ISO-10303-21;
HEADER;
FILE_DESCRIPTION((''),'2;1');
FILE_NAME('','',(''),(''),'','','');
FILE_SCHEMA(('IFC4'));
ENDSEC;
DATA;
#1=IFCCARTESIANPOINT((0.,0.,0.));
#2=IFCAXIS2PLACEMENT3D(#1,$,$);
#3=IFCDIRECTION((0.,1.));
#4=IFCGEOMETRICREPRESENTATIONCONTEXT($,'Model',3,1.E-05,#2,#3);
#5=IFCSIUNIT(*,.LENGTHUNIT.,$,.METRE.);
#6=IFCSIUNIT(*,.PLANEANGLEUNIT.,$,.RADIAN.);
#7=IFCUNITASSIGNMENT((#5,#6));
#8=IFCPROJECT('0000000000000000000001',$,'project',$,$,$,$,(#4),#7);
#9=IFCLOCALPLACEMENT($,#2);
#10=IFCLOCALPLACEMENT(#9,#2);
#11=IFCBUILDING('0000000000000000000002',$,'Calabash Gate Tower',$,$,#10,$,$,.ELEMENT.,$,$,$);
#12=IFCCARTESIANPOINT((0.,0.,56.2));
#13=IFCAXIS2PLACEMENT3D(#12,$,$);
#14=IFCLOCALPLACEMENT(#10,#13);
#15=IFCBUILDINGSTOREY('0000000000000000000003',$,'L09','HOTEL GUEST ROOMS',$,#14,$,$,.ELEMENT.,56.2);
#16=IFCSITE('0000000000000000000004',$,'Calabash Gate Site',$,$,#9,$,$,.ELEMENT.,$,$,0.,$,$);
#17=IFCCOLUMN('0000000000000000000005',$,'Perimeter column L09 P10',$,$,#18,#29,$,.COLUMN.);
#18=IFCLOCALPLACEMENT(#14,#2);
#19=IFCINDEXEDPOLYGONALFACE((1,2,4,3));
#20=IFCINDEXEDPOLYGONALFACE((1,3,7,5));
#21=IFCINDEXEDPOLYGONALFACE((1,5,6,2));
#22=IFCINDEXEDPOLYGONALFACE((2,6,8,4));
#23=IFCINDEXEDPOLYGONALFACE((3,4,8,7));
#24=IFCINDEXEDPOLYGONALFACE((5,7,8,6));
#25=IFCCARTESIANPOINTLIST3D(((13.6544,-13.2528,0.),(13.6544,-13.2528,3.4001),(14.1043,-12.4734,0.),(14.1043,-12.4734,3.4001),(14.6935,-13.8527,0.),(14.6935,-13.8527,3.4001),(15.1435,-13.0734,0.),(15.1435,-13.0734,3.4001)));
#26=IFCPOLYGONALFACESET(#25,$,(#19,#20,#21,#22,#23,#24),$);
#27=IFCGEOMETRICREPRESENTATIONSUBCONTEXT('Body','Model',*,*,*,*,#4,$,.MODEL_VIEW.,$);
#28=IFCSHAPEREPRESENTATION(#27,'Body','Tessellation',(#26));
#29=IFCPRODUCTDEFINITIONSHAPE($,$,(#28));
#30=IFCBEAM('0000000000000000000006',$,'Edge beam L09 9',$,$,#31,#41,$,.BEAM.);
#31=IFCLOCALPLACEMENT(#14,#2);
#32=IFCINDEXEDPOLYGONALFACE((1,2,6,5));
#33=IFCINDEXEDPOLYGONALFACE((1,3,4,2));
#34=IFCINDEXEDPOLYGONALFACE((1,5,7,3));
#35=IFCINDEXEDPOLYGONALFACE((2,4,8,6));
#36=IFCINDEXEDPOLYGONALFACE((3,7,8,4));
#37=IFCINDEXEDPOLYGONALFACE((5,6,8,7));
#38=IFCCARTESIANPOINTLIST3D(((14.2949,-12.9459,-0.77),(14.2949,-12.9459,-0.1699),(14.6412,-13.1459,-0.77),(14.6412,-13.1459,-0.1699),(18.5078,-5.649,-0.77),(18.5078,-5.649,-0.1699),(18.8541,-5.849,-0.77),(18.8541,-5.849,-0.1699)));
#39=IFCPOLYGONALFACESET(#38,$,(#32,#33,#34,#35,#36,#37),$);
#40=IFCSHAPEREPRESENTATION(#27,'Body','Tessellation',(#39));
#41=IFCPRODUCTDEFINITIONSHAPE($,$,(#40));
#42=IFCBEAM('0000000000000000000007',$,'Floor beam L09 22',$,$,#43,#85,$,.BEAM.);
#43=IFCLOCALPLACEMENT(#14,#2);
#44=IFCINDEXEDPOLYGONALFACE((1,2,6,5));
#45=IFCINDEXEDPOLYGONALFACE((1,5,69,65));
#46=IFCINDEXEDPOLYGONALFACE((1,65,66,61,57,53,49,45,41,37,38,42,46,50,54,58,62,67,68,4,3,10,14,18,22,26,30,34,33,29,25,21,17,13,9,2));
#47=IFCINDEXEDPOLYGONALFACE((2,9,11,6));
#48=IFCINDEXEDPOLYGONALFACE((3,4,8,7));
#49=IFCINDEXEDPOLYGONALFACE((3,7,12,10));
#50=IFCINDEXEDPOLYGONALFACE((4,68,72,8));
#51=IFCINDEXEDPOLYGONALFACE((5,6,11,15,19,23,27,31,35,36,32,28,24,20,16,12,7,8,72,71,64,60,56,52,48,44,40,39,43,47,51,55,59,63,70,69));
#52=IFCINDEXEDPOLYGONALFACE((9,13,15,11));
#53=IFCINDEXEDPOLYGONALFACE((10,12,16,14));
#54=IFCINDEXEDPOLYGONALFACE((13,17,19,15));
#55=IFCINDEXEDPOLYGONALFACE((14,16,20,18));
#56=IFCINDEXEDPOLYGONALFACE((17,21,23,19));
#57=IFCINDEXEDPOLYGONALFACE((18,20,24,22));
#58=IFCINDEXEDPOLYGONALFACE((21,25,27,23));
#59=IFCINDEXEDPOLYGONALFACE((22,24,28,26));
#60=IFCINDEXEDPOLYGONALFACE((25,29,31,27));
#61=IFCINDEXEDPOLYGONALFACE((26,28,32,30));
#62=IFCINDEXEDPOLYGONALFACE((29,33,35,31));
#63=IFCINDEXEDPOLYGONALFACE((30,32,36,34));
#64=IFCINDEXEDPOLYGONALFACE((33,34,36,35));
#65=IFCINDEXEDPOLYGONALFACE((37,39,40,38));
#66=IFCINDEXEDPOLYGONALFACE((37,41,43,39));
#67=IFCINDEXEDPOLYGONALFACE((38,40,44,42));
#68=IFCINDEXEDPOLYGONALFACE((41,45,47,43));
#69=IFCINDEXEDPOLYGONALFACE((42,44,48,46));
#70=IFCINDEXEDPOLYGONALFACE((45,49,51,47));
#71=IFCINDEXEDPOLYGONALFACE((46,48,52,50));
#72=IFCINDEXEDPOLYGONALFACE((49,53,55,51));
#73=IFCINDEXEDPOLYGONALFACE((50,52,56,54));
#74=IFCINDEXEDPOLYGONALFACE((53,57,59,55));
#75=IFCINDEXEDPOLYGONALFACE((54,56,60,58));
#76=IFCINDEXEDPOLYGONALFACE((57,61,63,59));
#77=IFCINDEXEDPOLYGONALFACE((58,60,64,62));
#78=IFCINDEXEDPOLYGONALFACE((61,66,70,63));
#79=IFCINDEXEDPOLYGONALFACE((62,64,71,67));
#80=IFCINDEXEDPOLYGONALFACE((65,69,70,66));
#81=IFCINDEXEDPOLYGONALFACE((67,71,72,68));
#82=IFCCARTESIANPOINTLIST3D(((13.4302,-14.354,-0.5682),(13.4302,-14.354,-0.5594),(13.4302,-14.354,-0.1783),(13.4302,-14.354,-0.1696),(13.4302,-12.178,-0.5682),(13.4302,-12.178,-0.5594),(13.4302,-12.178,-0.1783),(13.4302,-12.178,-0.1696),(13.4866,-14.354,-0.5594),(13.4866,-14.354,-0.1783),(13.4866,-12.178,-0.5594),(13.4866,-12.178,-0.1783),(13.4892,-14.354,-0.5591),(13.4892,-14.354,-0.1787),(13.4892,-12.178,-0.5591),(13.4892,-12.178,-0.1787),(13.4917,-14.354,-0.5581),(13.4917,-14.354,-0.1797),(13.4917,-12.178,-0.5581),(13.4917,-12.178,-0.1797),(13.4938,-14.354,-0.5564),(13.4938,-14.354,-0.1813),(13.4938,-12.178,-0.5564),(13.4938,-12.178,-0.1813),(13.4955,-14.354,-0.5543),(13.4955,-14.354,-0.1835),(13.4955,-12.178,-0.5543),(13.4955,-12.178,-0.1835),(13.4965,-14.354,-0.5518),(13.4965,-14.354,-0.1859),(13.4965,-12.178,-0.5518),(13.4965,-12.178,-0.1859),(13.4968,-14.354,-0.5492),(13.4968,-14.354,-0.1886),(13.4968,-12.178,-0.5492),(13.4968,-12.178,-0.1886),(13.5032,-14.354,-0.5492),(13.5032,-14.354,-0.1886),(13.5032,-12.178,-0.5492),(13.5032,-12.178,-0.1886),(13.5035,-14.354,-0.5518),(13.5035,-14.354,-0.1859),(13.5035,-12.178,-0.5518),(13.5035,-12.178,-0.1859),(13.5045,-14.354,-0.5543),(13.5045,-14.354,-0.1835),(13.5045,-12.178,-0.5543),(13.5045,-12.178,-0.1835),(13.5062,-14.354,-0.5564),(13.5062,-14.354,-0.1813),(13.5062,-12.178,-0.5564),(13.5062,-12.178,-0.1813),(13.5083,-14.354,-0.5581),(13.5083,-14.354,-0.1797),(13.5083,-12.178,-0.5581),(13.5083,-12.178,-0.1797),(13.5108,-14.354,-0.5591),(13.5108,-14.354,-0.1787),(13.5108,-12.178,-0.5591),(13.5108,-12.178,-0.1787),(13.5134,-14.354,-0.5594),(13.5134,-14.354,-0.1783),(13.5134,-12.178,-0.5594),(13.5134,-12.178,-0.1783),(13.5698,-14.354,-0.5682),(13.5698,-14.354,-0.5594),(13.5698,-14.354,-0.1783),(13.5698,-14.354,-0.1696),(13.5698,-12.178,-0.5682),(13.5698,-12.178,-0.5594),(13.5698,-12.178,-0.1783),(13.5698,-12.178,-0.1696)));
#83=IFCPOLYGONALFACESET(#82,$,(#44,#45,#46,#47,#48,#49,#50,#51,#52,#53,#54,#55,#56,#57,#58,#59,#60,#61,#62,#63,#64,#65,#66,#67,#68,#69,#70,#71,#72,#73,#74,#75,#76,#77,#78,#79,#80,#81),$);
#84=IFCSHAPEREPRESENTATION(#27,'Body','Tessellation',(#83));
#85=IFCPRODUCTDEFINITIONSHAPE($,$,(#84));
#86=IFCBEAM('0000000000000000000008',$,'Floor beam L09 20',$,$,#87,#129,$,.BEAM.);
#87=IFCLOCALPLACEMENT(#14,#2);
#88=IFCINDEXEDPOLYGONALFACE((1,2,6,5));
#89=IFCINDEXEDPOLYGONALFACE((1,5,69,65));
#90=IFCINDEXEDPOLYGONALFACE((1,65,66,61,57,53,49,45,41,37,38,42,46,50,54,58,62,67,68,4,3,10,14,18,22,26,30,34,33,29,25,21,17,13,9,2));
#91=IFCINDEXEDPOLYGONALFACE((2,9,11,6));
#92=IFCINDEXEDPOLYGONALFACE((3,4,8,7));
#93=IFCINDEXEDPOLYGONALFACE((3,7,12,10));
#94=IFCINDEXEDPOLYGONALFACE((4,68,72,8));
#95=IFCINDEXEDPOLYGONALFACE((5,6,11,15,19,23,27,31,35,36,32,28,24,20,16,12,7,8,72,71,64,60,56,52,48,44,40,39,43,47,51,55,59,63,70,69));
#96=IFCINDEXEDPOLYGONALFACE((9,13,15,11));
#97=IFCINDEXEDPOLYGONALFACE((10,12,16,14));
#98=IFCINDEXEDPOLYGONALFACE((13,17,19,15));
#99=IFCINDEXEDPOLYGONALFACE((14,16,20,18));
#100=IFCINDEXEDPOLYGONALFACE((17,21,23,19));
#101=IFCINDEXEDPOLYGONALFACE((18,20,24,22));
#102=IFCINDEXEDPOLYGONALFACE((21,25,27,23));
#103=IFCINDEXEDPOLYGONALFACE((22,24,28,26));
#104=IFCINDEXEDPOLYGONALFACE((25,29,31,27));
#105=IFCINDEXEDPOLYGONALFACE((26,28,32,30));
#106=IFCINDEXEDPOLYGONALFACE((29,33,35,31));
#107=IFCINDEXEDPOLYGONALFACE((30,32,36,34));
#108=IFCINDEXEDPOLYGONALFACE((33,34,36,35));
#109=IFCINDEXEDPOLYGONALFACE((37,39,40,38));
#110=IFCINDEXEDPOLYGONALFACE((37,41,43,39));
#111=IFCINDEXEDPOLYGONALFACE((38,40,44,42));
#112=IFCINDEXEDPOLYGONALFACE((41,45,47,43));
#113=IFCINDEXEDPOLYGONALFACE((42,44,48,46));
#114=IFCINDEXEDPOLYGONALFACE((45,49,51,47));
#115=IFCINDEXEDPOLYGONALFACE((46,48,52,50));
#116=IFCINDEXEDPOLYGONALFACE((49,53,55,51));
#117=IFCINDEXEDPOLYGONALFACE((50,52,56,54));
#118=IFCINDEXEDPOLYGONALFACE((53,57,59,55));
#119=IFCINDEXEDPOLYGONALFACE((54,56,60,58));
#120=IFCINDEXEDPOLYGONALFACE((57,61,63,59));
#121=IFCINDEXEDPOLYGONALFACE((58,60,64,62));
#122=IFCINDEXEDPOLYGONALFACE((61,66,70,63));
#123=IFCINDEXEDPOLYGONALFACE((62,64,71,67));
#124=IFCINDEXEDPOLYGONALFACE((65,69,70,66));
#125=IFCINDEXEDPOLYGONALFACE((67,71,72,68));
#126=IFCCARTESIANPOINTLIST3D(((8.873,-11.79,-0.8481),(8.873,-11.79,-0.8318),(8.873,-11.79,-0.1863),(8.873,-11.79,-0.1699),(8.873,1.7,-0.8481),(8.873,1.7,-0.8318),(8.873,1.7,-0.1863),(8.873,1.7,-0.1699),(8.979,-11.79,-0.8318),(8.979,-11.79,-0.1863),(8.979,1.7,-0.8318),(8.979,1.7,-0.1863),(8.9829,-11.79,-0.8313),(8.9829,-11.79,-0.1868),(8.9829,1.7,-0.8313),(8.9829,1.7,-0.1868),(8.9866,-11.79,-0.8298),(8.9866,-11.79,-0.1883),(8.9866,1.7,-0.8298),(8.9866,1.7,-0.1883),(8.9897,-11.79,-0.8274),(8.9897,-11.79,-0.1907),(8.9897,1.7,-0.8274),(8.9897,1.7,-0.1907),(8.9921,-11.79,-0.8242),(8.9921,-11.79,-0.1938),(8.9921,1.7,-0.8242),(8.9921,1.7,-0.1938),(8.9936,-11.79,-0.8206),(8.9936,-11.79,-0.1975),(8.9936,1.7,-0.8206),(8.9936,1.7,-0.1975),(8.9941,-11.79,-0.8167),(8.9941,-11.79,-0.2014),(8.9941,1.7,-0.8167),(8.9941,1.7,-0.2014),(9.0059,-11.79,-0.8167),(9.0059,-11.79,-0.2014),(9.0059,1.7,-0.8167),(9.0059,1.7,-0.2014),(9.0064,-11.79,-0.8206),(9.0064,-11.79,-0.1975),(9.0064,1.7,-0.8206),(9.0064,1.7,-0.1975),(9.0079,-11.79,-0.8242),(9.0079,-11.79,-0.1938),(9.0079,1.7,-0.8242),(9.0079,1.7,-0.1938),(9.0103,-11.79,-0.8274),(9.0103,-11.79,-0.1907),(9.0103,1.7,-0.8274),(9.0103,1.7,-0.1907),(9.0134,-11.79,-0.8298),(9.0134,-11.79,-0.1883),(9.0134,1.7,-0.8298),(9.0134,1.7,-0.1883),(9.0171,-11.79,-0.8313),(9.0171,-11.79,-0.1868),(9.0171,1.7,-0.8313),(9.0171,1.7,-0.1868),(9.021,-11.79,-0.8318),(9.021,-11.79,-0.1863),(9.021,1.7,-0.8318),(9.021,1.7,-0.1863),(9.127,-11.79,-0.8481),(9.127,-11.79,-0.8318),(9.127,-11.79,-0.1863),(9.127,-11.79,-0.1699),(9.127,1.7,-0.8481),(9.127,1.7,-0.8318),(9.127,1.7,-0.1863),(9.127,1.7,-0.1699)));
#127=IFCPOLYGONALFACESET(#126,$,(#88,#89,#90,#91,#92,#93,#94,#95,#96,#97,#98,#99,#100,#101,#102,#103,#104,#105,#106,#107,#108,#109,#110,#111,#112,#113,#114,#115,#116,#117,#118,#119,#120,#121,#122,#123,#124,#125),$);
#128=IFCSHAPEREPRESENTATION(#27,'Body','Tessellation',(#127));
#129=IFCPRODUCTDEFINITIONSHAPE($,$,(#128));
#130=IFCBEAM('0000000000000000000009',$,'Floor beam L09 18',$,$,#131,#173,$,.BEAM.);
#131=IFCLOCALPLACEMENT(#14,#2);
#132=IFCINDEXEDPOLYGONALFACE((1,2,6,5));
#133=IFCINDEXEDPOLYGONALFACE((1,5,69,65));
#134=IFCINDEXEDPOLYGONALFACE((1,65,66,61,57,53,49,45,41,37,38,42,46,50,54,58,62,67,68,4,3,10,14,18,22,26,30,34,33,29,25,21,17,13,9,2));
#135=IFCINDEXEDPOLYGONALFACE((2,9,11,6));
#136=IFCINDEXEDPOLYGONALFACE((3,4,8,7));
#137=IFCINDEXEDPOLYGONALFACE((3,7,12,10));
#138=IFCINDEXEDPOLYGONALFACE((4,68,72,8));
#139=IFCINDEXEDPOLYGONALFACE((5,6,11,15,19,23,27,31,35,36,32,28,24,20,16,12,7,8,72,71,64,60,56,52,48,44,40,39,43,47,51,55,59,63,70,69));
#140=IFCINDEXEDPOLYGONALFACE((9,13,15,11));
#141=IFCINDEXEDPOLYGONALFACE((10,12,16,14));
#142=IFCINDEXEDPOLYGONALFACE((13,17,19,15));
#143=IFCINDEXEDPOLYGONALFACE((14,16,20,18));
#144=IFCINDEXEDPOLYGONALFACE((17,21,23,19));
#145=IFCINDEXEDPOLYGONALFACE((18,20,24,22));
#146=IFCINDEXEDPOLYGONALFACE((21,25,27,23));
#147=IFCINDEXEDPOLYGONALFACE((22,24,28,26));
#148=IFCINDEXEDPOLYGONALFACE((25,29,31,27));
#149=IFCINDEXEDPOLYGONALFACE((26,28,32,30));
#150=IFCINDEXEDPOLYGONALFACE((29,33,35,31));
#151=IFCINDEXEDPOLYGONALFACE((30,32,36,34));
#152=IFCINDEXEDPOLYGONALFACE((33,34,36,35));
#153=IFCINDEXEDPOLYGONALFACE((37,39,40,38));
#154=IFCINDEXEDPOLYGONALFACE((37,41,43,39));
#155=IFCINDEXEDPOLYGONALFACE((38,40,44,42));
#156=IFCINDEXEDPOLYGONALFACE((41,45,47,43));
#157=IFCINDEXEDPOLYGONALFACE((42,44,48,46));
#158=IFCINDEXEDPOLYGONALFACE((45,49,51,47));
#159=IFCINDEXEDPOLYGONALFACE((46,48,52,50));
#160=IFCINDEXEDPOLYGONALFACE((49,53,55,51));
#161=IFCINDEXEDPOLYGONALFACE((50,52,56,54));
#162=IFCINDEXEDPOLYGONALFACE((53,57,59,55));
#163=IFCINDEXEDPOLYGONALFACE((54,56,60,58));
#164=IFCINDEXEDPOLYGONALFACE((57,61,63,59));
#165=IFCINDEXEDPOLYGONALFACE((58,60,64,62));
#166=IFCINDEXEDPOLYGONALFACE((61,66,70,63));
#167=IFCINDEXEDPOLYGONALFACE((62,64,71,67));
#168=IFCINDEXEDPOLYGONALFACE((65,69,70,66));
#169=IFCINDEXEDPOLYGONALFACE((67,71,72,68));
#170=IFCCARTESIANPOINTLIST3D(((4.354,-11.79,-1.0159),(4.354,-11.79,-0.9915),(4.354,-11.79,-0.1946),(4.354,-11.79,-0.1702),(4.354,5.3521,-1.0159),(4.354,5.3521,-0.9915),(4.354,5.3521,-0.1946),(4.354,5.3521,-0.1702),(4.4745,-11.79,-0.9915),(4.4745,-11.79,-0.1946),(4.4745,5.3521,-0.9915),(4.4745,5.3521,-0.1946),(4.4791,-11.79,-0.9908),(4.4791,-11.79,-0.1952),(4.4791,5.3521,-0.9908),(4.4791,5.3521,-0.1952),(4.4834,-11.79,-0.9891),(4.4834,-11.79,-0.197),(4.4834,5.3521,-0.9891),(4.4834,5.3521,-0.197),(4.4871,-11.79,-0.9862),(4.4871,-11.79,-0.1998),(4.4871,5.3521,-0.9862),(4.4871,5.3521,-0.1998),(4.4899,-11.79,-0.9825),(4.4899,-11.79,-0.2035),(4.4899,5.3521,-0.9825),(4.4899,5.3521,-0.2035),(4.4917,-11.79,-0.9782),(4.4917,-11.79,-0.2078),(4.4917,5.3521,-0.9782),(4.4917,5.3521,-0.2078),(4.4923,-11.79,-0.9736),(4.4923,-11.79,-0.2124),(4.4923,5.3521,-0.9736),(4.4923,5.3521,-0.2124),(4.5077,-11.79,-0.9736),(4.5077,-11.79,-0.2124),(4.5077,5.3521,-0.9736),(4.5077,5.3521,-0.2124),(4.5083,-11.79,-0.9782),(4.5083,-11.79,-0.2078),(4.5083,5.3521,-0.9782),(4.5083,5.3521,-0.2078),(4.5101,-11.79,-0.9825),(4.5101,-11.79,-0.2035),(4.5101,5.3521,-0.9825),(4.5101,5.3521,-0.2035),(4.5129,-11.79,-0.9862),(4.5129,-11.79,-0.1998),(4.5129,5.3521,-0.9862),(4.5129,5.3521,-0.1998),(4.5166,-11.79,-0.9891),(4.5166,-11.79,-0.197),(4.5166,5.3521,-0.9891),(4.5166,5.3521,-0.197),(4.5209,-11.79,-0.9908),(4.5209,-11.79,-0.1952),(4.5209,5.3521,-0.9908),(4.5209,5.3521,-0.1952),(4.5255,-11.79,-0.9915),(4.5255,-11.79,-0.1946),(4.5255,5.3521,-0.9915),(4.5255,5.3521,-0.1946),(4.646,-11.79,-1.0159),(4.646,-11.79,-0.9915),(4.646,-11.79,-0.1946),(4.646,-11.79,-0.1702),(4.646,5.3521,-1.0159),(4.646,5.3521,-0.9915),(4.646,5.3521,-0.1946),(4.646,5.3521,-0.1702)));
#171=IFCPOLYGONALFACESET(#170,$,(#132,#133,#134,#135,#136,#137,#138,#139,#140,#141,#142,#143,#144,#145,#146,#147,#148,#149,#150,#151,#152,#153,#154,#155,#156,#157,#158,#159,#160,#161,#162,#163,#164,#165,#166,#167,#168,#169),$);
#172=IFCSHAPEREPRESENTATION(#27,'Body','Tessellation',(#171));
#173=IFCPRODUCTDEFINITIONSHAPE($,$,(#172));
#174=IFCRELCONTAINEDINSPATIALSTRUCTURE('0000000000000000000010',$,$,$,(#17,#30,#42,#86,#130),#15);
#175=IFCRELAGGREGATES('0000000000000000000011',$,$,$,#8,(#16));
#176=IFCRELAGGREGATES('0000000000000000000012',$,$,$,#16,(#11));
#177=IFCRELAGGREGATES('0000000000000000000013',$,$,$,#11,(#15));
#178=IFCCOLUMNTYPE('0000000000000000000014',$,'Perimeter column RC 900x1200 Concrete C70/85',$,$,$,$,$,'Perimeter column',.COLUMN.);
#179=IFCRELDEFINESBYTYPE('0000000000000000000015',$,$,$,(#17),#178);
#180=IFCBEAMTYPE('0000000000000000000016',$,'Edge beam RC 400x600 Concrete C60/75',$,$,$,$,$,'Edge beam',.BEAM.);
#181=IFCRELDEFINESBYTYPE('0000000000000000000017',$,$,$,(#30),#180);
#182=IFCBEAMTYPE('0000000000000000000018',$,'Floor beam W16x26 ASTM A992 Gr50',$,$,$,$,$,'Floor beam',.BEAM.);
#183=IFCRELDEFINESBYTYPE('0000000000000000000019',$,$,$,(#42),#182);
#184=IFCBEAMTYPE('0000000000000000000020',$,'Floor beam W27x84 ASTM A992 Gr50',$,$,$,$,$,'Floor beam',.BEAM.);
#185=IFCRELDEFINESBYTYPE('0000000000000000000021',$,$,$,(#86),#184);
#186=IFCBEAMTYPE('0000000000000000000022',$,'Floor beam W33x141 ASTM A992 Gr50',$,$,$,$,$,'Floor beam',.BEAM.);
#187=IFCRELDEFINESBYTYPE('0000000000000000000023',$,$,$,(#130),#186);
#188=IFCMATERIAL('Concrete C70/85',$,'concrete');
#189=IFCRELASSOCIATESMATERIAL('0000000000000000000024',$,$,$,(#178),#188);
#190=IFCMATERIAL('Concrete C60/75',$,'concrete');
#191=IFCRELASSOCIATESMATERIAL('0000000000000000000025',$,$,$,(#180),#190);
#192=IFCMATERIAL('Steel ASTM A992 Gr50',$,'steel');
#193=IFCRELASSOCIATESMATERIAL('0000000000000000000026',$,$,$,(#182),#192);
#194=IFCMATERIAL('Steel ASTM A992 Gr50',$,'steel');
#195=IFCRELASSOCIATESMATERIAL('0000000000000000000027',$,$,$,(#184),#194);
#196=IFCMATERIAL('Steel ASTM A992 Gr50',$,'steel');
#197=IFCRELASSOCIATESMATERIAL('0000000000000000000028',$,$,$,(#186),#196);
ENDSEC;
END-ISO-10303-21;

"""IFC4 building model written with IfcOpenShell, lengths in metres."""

from ifc_helpers import new_model, si_unit, direction, frame, origin, origin_2d, place, context, subcontext, project, spatial, rectangle, i_section, extrude, material, material_profile, profile_set, type_object, element, save


model = new_model("IFC4")

# Units and contexts
model_context = context("Model", 3, precision=1e-05, world=origin(), true_north=direction((0.0, 1.0)))
body_context = subcontext(model_context, "Body", "Model", "MODEL_VIEW")
ifc_project = project(units=[si_unit("LENGTHUNIT", "METRE"), si_unit("PLANEANGLEUNIT", "RADIAN")], contexts=[model_context])

# Site, building, storey
site_placement = place(None, origin())
site = spatial("IfcSite", under=ifc_project, at=site_placement, Name="Calabash Gate Site", CompositionType="ELEMENT", RefElevation=0.0)
building_placement = place(site_placement, origin())
building = spatial("IfcBuilding", under=site, at=building_placement, Name="Calabash Gate Tower", CompositionType="ELEMENT")
storey_placement = place(building_placement, frame((0.0, 0.0, 56.2)))
storey = spatial("IfcBuildingStorey", under=building, at=storey_placement, Name="L09", Description="HOTEL GUEST ROOMS", CompositionType="ELEMENT", Elevation=56.2)

# Column
ifc_material_1 = material(Name="Concrete C70/85", Category="concrete")
ifc_material_profile_1 = material_profile(ifc_material_1, rectangle(XDim=0.8999, YDim=1.2, at=origin_2d()))
ifc_profile_set_1 = profile_set([ifc_material_profile_1], Name="Concrete C70/85")
column_type = type_object("IfcColumnType", Name="Perimeter column RC 900x1200 Concrete C70/85", ElementType="Perimeter column", PredefinedType="COLUMN", material=ifc_profile_set_1)
column_placement = place(storey_placement, frame((14.3989, -13.1631, 0.0), z_axis=(0.0, 0.0, 1.0), x_axis=(0.5, 0.866025, 0.0)))
element("IfcColumn", 1, at=column_placement, inside=storey, type_object=column_type, Name="Perimeter column L09 P10", PredefinedType="COLUMN", context=body_context, shape_type="SweptSolid", body=[
    extrude(rectangle(XDim=0.8999, YDim=1.2, at=origin_2d()), origin(), (0.0, 0.0, 1.0), 3.4001),
])

# Beams
ifc_material_2 = material(Name="Concrete C60/75", Category="concrete")
ifc_material_profile_2 = material_profile(ifc_material_2, rectangle(XDim=0.3999, YDim=0.6001, at=origin_2d()))
ifc_profile_set_2 = profile_set([ifc_material_profile_2], Name="Concrete C60/75")
beam_type_1 = type_object("IfcBeamType", Name="Edge beam RC 400x600 Concrete C60/75", ElementType="Edge beam", PredefinedType="BEAM", material=ifc_profile_set_2)
beam_1_placement = place(storey_placement, frame((14.468, -13.0459, -0.47), z_axis=(0.500003, 0.866023, 0.0), x_axis=(-0.866023, 0.500003, 0.0)))
element("IfcBeam", 2, at=beam_1_placement, inside=storey, type_object=beam_type_1, Name="Edge beam L09 9", PredefinedType="BEAM", context=body_context, shape_type="SweptSolid", body=[
    extrude(rectangle(XDim=0.3999, YDim=0.6001, at=origin_2d()), origin(), (0.0, 0.0, 1.0), 8.4258),
])
ifc_material_3 = material(Name="Steel ASTM A992 Gr50", Category="steel")
ifc_material_profile_3 = material_profile(ifc_material_3, i_section(OverallWidth=0.1396, OverallDepth=0.3987, WebThickness=0.0063, FlangeThickness=0.0088, FilletRadius=0.0103, at=origin_2d()))
ifc_profile_set_3 = profile_set([ifc_material_profile_3], Name="Steel ASTM A992 Gr50")
beam_type_2 = type_object("IfcBeamType", Name="Floor beam W16x26 ASTM A992 Gr50", ElementType="Floor beam", PredefinedType="BEAM", material=ifc_profile_set_3)
beam_2_placement = place(storey_placement, frame((13.5, -14.354, -0.3689), z_axis=(0.0, 1.0, 0.0), x_axis=(-1.0, 0.0, 0.0)))
element("IfcBeam", 3, at=beam_2_placement, inside=storey, type_object=beam_type_2, Name="Floor beam L09 22", PredefinedType="BEAM", context=body_context, shape_type="SweptSolid", body=[
    extrude(i_section(OverallWidth=0.1396, OverallDepth=0.3987, WebThickness=0.0063, FlangeThickness=0.0088, FilletRadius=0.0103, at=origin_2d()), origin(), (0.0, 0.0, 1.0), 2.176),
])
ifc_material_4 = material(Name="Steel ASTM A992 Gr50", Category="steel")
ifc_material_profile_4 = material_profile(ifc_material_4, i_section(OverallWidth=0.2539, OverallDepth=0.6782, WebThickness=0.0117, FlangeThickness=0.0164, FilletRadius=0.0151, at=origin_2d()))
ifc_profile_set_4 = profile_set([ifc_material_profile_4], Name="Steel ASTM A992 Gr50")
beam_type_3 = type_object("IfcBeamType", Name="Floor beam W27x84 ASTM A992 Gr50", ElementType="Floor beam", PredefinedType="BEAM", material=ifc_profile_set_4)
beam_3_placement = place(storey_placement, frame((9.0, -11.79, -0.509), z_axis=(0.0, 1.0, 0.0), x_axis=(-1.0, 0.0, 0.0)))
element("IfcBeam", 4, at=beam_3_placement, inside=storey, type_object=beam_type_3, Name="Floor beam L09 20", PredefinedType="BEAM", context=body_context, shape_type="SweptSolid", body=[
    extrude(i_section(OverallWidth=0.2539, OverallDepth=0.6782, WebThickness=0.0117, FlangeThickness=0.0164, FilletRadius=0.0151, at=origin_2d()), origin(), (0.0, 0.0, 1.0), 13.49),
])
ifc_material_5 = material(Name="Steel ASTM A992 Gr50", Category="steel")
ifc_material_profile_5 = material_profile(ifc_material_5, i_section(OverallWidth=0.292, OverallDepth=0.8457, WebThickness=0.0154, FlangeThickness=0.0244, FilletRadius=0.0178, at=origin_2d()))
ifc_profile_set_5 = profile_set([ifc_material_profile_5], Name="Steel ASTM A992 Gr50")
beam_type_4 = type_object("IfcBeamType", Name="Floor beam W33x141 ASTM A992 Gr50", ElementType="Floor beam", PredefinedType="BEAM", material=ifc_profile_set_5)
beam_4_placement = place(storey_placement, frame((4.5, -11.79, -0.593), z_axis=(0.0, 1.0, 0.0), x_axis=(-1.0, 0.0, 0.0)))
element("IfcBeam", 5, at=beam_4_placement, inside=storey, type_object=beam_type_4, Name="Floor beam L09 18", PredefinedType="BEAM", context=body_context, shape_type="SweptSolid", body=[
    extrude(i_section(OverallWidth=0.292, OverallDepth=0.8457, WebThickness=0.0154, FlangeThickness=0.0244, FilletRadius=0.0178, at=origin_2d()), origin(), (0.0, 0.0, 1.0), 17.1421),
])

save(model, "model.ifc")
